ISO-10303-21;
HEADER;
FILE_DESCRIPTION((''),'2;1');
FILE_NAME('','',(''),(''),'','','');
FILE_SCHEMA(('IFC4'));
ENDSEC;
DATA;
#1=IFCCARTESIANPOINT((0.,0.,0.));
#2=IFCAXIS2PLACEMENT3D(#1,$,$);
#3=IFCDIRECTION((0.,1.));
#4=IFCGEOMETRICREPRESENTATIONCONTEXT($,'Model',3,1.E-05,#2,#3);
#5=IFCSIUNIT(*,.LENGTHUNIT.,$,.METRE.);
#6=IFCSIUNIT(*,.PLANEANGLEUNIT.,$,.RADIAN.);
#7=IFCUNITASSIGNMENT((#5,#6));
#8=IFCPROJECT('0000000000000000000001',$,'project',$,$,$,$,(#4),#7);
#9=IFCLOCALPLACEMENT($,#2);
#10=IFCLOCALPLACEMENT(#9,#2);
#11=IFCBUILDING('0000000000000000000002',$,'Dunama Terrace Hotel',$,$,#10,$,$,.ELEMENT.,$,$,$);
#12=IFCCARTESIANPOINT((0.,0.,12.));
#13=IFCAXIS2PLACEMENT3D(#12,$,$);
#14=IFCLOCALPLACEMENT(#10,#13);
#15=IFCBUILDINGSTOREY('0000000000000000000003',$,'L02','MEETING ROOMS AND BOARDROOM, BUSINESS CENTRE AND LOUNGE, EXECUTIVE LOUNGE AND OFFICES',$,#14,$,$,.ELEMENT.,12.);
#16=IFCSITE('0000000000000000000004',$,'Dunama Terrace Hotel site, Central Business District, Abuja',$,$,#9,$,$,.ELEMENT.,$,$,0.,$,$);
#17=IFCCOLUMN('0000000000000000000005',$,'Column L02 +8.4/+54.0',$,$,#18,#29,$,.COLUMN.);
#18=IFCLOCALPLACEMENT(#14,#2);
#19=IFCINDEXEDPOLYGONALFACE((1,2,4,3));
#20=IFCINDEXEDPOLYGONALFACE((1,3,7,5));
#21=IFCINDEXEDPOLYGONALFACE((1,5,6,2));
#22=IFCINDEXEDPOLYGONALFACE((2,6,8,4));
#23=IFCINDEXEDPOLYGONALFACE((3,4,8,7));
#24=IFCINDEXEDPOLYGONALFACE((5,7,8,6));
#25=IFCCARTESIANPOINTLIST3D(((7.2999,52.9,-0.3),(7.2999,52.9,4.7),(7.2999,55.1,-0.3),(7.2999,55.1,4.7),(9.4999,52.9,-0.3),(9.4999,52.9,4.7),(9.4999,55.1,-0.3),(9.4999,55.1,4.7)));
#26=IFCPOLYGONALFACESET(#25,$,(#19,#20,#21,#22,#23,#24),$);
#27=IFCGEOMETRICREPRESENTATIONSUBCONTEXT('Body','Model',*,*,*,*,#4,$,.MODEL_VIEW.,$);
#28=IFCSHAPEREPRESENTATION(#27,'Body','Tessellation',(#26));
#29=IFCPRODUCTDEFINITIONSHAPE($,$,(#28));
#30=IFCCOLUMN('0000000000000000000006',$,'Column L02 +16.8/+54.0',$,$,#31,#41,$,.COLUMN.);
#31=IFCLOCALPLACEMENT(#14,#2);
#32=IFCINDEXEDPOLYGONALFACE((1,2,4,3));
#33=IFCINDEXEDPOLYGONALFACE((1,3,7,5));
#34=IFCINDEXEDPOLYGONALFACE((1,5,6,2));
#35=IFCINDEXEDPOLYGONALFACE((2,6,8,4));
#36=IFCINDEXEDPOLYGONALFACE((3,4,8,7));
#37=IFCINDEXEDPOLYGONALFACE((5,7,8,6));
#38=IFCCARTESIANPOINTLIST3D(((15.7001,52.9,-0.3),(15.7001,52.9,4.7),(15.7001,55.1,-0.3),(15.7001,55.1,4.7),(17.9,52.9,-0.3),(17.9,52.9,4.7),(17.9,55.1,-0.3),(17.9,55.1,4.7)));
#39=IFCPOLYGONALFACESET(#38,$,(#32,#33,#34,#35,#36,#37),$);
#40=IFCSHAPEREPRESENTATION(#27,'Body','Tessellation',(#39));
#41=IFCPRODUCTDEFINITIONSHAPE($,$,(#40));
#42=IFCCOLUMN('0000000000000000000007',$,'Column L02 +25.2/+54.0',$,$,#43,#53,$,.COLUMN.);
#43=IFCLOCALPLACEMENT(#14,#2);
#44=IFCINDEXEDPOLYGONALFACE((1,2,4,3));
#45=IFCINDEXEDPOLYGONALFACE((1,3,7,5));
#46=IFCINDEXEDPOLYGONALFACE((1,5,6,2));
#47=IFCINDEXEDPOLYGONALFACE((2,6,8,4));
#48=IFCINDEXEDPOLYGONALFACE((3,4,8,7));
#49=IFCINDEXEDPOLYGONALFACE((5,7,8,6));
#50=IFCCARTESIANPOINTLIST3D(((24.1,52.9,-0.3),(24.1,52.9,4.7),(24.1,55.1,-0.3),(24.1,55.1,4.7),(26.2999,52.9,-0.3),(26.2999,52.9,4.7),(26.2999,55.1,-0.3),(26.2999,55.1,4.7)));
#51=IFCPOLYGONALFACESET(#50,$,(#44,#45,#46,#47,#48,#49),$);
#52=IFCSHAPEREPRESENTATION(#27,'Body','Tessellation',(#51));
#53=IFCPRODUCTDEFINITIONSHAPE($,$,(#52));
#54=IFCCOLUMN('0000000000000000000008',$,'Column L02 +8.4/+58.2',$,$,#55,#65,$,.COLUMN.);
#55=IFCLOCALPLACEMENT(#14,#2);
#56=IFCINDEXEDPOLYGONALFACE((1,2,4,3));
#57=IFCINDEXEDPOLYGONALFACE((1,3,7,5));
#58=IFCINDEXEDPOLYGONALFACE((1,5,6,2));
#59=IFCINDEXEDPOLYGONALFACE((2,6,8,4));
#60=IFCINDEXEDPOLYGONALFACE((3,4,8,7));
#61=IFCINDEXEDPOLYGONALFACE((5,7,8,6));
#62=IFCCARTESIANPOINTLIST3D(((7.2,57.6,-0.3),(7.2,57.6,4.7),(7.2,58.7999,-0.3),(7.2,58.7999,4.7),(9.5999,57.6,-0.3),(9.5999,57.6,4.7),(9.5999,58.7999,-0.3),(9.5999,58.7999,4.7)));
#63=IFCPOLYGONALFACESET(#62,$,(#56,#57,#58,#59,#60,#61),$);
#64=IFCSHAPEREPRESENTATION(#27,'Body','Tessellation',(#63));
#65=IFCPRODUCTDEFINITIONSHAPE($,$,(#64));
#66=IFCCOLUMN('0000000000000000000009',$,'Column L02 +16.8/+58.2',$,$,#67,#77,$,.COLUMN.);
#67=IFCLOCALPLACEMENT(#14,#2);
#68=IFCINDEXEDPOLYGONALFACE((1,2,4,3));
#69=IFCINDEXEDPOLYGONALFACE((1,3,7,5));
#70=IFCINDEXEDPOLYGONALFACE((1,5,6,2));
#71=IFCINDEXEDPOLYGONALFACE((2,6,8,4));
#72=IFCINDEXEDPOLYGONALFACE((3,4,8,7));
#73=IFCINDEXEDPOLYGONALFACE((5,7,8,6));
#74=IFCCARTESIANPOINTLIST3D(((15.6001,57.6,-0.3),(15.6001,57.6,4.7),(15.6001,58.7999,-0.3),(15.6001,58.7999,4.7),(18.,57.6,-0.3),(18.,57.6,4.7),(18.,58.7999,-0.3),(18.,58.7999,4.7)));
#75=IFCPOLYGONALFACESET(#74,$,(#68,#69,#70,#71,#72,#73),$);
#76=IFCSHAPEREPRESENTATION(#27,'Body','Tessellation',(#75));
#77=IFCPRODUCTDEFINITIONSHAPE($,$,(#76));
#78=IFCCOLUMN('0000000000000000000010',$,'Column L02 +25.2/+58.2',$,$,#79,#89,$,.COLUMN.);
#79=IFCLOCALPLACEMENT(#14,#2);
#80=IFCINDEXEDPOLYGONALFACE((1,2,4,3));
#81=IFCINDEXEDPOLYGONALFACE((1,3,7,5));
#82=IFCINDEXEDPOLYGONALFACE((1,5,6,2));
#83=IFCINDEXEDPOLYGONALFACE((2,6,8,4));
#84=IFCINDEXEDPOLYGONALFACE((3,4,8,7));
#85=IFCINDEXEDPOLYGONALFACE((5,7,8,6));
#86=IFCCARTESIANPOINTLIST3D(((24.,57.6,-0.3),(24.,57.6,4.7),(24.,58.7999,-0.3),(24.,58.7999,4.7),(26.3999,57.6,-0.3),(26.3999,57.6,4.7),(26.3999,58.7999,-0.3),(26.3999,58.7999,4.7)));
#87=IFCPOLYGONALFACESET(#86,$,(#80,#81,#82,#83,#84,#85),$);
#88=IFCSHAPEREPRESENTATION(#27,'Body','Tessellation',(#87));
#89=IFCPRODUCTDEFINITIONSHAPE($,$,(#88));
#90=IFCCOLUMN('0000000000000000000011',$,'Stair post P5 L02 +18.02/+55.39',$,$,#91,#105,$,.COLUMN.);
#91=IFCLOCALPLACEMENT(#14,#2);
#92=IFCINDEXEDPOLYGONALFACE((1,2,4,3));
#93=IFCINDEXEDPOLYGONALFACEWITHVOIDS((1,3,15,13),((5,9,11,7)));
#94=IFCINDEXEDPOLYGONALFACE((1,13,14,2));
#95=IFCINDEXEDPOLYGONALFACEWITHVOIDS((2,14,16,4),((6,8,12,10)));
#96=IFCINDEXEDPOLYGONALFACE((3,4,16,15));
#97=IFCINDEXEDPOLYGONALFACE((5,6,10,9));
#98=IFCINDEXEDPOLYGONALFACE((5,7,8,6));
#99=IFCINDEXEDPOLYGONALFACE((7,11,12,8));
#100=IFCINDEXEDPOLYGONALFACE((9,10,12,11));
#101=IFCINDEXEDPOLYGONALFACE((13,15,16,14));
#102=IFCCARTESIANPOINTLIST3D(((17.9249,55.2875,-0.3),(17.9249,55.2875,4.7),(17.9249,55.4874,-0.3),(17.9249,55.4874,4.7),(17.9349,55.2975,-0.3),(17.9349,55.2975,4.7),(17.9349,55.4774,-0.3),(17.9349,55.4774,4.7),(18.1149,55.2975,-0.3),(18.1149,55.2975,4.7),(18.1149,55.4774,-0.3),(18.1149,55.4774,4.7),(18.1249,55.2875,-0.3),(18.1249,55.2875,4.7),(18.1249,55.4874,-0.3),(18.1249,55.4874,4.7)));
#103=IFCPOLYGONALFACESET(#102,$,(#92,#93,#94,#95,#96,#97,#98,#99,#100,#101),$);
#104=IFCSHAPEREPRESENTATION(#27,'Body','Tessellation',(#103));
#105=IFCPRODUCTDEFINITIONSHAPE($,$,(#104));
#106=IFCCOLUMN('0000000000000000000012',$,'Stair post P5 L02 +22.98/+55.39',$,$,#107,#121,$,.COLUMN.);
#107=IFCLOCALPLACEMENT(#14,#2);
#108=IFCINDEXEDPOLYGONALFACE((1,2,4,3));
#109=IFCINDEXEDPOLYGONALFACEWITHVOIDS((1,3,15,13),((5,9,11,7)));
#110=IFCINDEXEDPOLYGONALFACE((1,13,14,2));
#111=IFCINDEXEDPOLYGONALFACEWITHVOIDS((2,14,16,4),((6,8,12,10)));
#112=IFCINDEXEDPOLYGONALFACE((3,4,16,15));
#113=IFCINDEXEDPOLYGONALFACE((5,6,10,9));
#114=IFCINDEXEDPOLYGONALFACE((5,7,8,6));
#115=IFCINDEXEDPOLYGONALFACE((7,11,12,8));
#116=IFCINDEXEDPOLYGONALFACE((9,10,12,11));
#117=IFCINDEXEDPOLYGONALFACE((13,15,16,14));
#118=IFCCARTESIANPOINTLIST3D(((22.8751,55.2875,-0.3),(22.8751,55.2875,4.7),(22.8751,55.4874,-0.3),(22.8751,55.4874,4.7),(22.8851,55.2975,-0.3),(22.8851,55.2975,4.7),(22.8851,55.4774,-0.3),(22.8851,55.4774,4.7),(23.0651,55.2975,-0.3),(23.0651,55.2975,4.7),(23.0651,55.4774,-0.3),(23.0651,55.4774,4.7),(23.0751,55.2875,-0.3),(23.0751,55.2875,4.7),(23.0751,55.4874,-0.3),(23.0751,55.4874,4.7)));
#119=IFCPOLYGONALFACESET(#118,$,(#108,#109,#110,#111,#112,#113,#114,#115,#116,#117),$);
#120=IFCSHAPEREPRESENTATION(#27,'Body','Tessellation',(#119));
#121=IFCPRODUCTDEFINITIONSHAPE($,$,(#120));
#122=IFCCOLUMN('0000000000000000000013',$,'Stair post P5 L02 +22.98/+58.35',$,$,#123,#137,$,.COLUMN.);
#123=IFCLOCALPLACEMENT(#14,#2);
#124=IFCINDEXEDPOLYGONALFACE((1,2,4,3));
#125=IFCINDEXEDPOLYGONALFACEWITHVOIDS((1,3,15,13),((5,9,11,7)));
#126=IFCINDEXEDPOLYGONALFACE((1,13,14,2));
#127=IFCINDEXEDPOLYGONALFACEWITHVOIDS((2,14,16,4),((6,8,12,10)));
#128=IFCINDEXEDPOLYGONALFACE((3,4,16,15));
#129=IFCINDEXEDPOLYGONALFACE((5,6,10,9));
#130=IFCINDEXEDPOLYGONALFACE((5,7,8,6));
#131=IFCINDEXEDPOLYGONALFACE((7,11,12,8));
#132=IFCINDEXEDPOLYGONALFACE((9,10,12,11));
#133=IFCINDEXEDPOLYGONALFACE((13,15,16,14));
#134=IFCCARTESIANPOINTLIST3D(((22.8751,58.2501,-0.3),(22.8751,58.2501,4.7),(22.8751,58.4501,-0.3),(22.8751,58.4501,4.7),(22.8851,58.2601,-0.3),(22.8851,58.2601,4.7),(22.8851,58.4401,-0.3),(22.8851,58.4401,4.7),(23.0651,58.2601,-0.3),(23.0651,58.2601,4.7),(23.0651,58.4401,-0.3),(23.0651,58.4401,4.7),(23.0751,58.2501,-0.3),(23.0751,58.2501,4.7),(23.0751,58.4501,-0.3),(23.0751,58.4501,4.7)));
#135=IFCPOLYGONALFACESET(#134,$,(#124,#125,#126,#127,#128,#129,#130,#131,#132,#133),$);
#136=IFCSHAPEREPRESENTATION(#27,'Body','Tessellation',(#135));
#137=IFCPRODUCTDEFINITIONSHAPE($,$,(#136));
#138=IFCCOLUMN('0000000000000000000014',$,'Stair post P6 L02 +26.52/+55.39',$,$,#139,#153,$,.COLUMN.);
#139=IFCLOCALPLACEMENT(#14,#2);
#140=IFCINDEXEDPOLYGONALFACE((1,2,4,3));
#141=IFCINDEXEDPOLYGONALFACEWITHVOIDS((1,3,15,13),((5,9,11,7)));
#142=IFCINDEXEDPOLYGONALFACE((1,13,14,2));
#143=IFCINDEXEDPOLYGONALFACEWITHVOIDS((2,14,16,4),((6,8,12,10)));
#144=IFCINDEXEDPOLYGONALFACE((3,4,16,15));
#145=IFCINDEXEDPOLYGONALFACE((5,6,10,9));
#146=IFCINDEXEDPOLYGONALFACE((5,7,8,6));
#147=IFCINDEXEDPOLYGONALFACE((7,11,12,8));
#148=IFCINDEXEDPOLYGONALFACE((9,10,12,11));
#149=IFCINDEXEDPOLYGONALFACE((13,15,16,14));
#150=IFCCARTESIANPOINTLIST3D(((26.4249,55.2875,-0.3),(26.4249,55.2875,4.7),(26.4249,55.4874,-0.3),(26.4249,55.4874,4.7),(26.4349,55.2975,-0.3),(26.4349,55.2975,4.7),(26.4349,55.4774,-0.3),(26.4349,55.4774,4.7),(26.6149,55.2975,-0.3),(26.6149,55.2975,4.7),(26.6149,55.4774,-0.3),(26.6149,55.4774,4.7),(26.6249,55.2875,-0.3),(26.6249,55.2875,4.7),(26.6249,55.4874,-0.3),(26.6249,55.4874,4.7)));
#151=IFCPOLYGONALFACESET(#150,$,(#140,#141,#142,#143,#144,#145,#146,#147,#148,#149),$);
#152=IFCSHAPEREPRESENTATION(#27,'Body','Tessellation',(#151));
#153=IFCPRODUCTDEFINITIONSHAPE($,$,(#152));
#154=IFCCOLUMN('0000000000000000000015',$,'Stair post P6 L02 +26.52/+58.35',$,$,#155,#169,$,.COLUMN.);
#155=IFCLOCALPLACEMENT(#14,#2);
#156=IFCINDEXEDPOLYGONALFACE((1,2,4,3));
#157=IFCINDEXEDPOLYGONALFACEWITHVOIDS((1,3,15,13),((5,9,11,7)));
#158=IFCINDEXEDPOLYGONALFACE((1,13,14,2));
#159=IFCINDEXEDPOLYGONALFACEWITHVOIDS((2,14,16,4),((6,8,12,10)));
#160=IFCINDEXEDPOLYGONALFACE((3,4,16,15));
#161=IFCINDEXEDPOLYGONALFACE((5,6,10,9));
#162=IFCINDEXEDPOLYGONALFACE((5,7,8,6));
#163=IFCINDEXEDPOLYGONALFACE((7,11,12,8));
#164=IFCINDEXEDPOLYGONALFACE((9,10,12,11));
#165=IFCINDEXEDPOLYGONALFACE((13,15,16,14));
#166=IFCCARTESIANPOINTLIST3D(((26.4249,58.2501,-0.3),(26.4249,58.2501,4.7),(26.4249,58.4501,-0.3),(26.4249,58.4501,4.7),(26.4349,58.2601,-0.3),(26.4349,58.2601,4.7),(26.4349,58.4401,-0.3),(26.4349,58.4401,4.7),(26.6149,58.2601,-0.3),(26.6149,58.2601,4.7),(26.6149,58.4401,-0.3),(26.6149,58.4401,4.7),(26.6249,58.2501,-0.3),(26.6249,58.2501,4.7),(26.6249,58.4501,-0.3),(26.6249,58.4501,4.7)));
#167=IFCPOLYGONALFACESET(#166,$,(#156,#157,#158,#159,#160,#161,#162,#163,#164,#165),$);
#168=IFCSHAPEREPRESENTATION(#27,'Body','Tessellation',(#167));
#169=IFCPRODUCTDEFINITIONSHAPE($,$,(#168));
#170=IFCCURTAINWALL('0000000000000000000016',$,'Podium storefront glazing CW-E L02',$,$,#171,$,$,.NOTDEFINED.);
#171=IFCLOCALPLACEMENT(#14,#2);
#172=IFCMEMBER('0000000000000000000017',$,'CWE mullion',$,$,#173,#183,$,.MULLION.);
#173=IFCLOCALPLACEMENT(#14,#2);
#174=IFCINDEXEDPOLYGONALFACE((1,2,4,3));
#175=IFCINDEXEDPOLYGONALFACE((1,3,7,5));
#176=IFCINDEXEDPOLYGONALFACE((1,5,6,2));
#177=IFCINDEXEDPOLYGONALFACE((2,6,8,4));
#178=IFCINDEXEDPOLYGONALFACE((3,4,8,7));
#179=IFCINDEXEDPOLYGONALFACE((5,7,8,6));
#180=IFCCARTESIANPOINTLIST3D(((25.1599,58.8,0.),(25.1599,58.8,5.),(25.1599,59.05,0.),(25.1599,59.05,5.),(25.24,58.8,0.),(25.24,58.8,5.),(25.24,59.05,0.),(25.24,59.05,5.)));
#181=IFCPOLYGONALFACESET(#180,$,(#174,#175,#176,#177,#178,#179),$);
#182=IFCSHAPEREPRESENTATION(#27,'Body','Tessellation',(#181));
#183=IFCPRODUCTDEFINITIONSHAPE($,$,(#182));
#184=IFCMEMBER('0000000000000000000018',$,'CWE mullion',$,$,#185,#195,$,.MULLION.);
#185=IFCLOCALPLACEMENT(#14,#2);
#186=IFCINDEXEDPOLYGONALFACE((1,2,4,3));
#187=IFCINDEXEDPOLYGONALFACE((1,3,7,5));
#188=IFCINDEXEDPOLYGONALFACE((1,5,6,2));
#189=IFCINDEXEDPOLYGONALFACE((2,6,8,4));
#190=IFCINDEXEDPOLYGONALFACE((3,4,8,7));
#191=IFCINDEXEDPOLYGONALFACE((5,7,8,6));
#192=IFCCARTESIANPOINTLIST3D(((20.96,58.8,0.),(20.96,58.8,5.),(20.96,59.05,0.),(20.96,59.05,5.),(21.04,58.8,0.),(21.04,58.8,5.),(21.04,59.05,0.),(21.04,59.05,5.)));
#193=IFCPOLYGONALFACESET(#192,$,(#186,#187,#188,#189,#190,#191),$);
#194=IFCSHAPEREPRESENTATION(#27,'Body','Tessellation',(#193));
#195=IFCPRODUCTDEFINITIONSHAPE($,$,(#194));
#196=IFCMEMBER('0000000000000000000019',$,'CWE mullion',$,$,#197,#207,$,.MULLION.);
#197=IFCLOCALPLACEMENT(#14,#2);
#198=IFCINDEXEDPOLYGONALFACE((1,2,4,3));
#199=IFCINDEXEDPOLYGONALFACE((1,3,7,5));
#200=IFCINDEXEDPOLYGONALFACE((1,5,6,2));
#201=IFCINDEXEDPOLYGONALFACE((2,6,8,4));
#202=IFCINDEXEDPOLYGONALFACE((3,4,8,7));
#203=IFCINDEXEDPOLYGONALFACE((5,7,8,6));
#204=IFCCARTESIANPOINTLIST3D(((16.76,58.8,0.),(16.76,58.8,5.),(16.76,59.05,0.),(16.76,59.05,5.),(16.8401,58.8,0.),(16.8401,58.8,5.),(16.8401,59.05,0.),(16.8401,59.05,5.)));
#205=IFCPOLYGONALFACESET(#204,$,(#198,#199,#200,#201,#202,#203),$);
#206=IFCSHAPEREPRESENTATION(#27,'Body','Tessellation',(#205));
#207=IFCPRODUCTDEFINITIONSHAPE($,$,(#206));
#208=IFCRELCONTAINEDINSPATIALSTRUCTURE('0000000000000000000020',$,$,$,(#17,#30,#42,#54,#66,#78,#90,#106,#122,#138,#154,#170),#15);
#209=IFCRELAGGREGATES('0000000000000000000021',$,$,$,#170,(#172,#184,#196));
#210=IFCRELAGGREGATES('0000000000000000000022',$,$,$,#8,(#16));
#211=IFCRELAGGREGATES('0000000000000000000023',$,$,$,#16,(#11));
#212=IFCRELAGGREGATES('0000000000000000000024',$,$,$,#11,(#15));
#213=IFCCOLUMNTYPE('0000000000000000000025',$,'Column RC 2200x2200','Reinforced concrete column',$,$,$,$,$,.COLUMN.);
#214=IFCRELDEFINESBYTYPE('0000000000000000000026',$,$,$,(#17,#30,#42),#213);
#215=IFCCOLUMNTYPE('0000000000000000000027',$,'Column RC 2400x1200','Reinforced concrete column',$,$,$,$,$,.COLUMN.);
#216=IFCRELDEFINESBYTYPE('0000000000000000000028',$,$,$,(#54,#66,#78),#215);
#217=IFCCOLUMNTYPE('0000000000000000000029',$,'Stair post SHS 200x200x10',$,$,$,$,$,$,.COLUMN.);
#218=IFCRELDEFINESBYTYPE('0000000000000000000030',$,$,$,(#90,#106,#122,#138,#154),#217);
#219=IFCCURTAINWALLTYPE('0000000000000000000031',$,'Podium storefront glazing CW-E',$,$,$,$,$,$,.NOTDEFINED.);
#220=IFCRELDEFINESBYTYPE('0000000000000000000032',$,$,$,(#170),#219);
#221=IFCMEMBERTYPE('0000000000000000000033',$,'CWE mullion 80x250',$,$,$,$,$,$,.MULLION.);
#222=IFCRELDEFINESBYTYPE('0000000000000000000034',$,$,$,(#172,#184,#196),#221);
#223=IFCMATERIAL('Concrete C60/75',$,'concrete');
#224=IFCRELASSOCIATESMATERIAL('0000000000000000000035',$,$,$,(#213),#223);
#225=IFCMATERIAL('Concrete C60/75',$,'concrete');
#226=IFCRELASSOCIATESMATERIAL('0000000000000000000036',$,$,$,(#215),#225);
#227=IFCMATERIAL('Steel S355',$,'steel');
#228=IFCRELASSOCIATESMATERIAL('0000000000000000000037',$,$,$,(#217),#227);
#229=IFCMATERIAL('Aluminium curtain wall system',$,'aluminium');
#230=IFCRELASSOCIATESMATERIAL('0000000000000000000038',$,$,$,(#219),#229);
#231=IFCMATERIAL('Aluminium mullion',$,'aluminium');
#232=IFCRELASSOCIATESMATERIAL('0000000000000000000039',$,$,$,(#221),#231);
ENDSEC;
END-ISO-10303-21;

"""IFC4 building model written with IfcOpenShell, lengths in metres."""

from ifc_helpers import new_model, si_unit, direction, frame, origin, origin_2d, place, context, subcontext, project, spatial, rectangle, hollow_rectangle, extrude, material, material_profile, profile_set, type_object, element, aggregate, save


model = new_model("IFC4")

# Units and contexts
model_context = context("Model", 3, precision=1e-05, world=origin(), true_north=direction((0.0, 1.0)))
body_context = subcontext(model_context, "Body", "Model", "MODEL_VIEW")
ifc_project = project(units=[si_unit("LENGTHUNIT", "METRE"), si_unit("PLANEANGLEUNIT", "RADIAN")], contexts=[model_context])

# Site, building, storey
site_placement = place(None, origin())
site = spatial("IfcSite", under=ifc_project, at=site_placement, Name="Dunama Terrace Hotel site, Central Business District, Abuja", CompositionType="ELEMENT", RefElevation=0.0)
building_placement = place(site_placement, origin())
building = spatial("IfcBuilding", under=site, at=building_placement, Name="Dunama Terrace Hotel", CompositionType="ELEMENT")
storey_placement = place(building_placement, frame((0.0, 0.0, 12.0)))
storey = spatial("IfcBuildingStorey", under=building, at=storey_placement, Name="L02", Description="MEETING ROOMS AND BOARDROOM, BUSINESS CENTRE AND LOUNGE, EXECUTIVE LOUNGE AND OFFICES", CompositionType="ELEMENT", Elevation=12.0)

# Columns
ifc_material_1 = material(Name="Concrete C60/75", Category="concrete")
ifc_material_profile_1 = material_profile(ifc_material_1, rectangle(XDim=2.2, YDim=2.2, at=origin_2d()), Name="RC 2200x2200")
ifc_profile_set_1 = profile_set([ifc_material_profile_1], Name="Concrete C60/75")
column_type_1 = type_object("IfcColumnType", Name="Column RC 2200x2200", Description="Reinforced concrete column", PredefinedType="COLUMN", material=ifc_profile_set_1)
for number, where, z_axis, x_axis, name in (
    (1, (8.3999, 54.0, -0.3), (0.0, 0.0, 1.0), (1.0, 0.0, 0.0), "Column L02 +8.4/+54.0"),
    (2, (16.8, 54.0, -0.3), (0.0, 0.0, 1.0), (1.0, 0.0, 0.0), "Column L02 +16.8/+54.0"),
    (3, (25.2, 54.0, -0.3), (0.0, 0.0, 1.0), (1.0, 0.0, 0.0), "Column L02 +25.2/+54.0"),
):
    element("IfcColumn", number, at=place(storey_placement, frame(where, z_axis=z_axis, x_axis=x_axis)), inside=storey, type_object=column_type_1, Name=name, PredefinedType="COLUMN", context=body_context, shape_type="SweptSolid", body=[
        extrude(rectangle(XDim=2.2, YDim=2.2, at=origin_2d()), origin(), (0.0, 0.0, 1.0), 5.0),
    ])
ifc_material_2 = material(Name="Concrete C60/75", Category="concrete")
ifc_material_profile_2 = material_profile(ifc_material_2, rectangle(XDim=2.3999, YDim=1.2, at=origin_2d()), Name="RC 2400x1200")
ifc_profile_set_2 = profile_set([ifc_material_profile_2], Name="Concrete C60/75")
column_type_2 = type_object("IfcColumnType", Name="Column RC 2400x1200", Description="Reinforced concrete column", PredefinedType="COLUMN", material=ifc_profile_set_2)
for number, where, z_axis, x_axis, name in (
    (4, (8.3999, 58.2, -0.3), (0.0, 0.0, 1.0), (1.0, 0.0, 0.0), "Column L02 +8.4/+58.2"),
    (5, (16.8, 58.2, -0.3), (0.0, 0.0, 1.0), (1.0, 0.0, 0.0), "Column L02 +16.8/+58.2"),
    (6, (25.2, 58.2, -0.3), (0.0, 0.0, 1.0), (1.0, 0.0, 0.0), "Column L02 +25.2/+58.2"),
):
    element("IfcColumn", number, at=place(storey_placement, frame(where, z_axis=z_axis, x_axis=x_axis)), inside=storey, type_object=column_type_2, Name=name, PredefinedType="COLUMN", context=body_context, shape_type="SweptSolid", body=[
        extrude(rectangle(XDim=2.3999, YDim=1.2, at=origin_2d()), origin(), (0.0, 0.0, 1.0), 5.0),
    ])
ifc_material_3 = material(Name="Steel S355", Category="steel")
ifc_material_profile_3 = material_profile(ifc_material_3, hollow_rectangle(XDim=0.2, YDim=0.2, WallThickness=0.01, at=origin_2d()), Name="SHS 200x200x10")
ifc_profile_set_3 = profile_set([ifc_material_profile_3], Name="Steel S355")
column_type_3 = type_object("IfcColumnType", Name="Stair post SHS 200x200x10", PredefinedType="COLUMN", material=ifc_profile_set_3)
for number, where, z_axis, x_axis, name in (
    (7, (18.0249, 55.3875, -0.3), (0.0, 0.0, 1.0), (1.0, 0.0, 0.0), "Stair post P5 L02 +18.02/+55.39"),
    (8, (22.9751, 55.3875, -0.3), (0.0, 0.0, 1.0), (1.0, 0.0, 0.0), "Stair post P5 L02 +22.98/+55.39"),
    (9, (22.9751, 58.3501, -0.3), (0.0, 0.0, 1.0), (1.0, 0.0, 0.0), "Stair post P5 L02 +22.98/+58.35"),
    (10, (26.5249, 55.3875, -0.3), (0.0, 0.0, 1.0), (1.0, 0.0, 0.0), "Stair post P6 L02 +26.52/+55.39"),
    (11, (26.5249, 58.3501, -0.3), (0.0, 0.0, 1.0), (1.0, 0.0, 0.0), "Stair post P6 L02 +26.52/+58.35"),
):
    element("IfcColumn", number, at=place(storey_placement, frame(where, z_axis=z_axis, x_axis=x_axis)), inside=storey, type_object=column_type_3, Name=name, PredefinedType="COLUMN", context=body_context, shape_type="SweptSolid", body=[
        extrude(hollow_rectangle(XDim=0.2, YDim=0.2, WallThickness=0.01, at=origin_2d()), origin(), (0.0, 0.0, 1.0), 5.0),
    ])

# Curtain wall, members
ifc_material_4 = material(Name="Aluminium curtain wall system", Category="aluminium")
curtain_wall_type = type_object("IfcCurtainWallType", Name="Podium storefront glazing CW-E", PredefinedType="NOTDEFINED", material=ifc_material_4)
curtain_wall_placement = place(storey_placement, origin())
curtain_wall = element("IfcCurtainWall", 12, at=curtain_wall_placement, inside=storey, type_object=curtain_wall_type, Name="Podium storefront glazing CW-E L02", PredefinedType="NOTDEFINED")
ifc_material_5 = material(Name="Aluminium mullion", Category="aluminium")
ifc_material_profile_4 = material_profile(ifc_material_5, rectangle(XDim=0.0801, YDim=0.25, at=origin_2d()), Name="CWE MULLION 80X250")
ifc_profile_set_4 = profile_set([ifc_material_profile_4], Name="Aluminium mullion")
member_type_1 = type_object("IfcMemberType", Name="CWE mullion 80x250", PredefinedType="MULLION", material=ifc_profile_set_4)
member_1_placement = place(storey_placement, frame((25.2, 58.925, 0.0), z_axis=(0.0, 0.0, 1.0), x_axis=(-1.0, 0.0, 0.0)))
member_1 = element("IfcMember", 13, at=member_1_placement, type_object=member_type_1, Name="CWE mullion", PredefinedType="MULLION", context=body_context, shape_type="SweptSolid", body=[
    extrude(rectangle(XDim=0.0801, YDim=0.25, at=origin_2d()), origin(), (0.0, 0.0, 1.0), 5.0),
])
member_2_placement = place(storey_placement, frame((21.0, 58.925, 0.0), z_axis=(0.0, 0.0, 1.0), x_axis=(-1.0, 0.0, 0.0)))
member_2 = element("IfcMember", 14, at=member_2_placement, type_object=member_type_1, Name="CWE mullion", PredefinedType="MULLION", context=body_context, shape_type="SweptSolid", body=[
    extrude(rectangle(XDim=0.0801, YDim=0.25, at=origin_2d()), origin(), (0.0, 0.0, 1.0), 5.0),
])
member_3_placement = place(storey_placement, frame((16.8, 58.925, 0.0), z_axis=(0.0, 0.0, 1.0), x_axis=(-1.0, 0.0, 0.0)))
member_3 = element("IfcMember", 15, at=member_3_placement, type_object=member_type_1, Name="CWE mullion", PredefinedType="MULLION", context=body_context, shape_type="SweptSolid", body=[
    extrude(rectangle(XDim=0.0801, YDim=0.25, at=origin_2d()), origin(), (0.0, 0.0, 1.0), 5.0),
])

aggregate(curtain_wall, [member_1, member_2, member_3])

save(model, "model.ifc")
